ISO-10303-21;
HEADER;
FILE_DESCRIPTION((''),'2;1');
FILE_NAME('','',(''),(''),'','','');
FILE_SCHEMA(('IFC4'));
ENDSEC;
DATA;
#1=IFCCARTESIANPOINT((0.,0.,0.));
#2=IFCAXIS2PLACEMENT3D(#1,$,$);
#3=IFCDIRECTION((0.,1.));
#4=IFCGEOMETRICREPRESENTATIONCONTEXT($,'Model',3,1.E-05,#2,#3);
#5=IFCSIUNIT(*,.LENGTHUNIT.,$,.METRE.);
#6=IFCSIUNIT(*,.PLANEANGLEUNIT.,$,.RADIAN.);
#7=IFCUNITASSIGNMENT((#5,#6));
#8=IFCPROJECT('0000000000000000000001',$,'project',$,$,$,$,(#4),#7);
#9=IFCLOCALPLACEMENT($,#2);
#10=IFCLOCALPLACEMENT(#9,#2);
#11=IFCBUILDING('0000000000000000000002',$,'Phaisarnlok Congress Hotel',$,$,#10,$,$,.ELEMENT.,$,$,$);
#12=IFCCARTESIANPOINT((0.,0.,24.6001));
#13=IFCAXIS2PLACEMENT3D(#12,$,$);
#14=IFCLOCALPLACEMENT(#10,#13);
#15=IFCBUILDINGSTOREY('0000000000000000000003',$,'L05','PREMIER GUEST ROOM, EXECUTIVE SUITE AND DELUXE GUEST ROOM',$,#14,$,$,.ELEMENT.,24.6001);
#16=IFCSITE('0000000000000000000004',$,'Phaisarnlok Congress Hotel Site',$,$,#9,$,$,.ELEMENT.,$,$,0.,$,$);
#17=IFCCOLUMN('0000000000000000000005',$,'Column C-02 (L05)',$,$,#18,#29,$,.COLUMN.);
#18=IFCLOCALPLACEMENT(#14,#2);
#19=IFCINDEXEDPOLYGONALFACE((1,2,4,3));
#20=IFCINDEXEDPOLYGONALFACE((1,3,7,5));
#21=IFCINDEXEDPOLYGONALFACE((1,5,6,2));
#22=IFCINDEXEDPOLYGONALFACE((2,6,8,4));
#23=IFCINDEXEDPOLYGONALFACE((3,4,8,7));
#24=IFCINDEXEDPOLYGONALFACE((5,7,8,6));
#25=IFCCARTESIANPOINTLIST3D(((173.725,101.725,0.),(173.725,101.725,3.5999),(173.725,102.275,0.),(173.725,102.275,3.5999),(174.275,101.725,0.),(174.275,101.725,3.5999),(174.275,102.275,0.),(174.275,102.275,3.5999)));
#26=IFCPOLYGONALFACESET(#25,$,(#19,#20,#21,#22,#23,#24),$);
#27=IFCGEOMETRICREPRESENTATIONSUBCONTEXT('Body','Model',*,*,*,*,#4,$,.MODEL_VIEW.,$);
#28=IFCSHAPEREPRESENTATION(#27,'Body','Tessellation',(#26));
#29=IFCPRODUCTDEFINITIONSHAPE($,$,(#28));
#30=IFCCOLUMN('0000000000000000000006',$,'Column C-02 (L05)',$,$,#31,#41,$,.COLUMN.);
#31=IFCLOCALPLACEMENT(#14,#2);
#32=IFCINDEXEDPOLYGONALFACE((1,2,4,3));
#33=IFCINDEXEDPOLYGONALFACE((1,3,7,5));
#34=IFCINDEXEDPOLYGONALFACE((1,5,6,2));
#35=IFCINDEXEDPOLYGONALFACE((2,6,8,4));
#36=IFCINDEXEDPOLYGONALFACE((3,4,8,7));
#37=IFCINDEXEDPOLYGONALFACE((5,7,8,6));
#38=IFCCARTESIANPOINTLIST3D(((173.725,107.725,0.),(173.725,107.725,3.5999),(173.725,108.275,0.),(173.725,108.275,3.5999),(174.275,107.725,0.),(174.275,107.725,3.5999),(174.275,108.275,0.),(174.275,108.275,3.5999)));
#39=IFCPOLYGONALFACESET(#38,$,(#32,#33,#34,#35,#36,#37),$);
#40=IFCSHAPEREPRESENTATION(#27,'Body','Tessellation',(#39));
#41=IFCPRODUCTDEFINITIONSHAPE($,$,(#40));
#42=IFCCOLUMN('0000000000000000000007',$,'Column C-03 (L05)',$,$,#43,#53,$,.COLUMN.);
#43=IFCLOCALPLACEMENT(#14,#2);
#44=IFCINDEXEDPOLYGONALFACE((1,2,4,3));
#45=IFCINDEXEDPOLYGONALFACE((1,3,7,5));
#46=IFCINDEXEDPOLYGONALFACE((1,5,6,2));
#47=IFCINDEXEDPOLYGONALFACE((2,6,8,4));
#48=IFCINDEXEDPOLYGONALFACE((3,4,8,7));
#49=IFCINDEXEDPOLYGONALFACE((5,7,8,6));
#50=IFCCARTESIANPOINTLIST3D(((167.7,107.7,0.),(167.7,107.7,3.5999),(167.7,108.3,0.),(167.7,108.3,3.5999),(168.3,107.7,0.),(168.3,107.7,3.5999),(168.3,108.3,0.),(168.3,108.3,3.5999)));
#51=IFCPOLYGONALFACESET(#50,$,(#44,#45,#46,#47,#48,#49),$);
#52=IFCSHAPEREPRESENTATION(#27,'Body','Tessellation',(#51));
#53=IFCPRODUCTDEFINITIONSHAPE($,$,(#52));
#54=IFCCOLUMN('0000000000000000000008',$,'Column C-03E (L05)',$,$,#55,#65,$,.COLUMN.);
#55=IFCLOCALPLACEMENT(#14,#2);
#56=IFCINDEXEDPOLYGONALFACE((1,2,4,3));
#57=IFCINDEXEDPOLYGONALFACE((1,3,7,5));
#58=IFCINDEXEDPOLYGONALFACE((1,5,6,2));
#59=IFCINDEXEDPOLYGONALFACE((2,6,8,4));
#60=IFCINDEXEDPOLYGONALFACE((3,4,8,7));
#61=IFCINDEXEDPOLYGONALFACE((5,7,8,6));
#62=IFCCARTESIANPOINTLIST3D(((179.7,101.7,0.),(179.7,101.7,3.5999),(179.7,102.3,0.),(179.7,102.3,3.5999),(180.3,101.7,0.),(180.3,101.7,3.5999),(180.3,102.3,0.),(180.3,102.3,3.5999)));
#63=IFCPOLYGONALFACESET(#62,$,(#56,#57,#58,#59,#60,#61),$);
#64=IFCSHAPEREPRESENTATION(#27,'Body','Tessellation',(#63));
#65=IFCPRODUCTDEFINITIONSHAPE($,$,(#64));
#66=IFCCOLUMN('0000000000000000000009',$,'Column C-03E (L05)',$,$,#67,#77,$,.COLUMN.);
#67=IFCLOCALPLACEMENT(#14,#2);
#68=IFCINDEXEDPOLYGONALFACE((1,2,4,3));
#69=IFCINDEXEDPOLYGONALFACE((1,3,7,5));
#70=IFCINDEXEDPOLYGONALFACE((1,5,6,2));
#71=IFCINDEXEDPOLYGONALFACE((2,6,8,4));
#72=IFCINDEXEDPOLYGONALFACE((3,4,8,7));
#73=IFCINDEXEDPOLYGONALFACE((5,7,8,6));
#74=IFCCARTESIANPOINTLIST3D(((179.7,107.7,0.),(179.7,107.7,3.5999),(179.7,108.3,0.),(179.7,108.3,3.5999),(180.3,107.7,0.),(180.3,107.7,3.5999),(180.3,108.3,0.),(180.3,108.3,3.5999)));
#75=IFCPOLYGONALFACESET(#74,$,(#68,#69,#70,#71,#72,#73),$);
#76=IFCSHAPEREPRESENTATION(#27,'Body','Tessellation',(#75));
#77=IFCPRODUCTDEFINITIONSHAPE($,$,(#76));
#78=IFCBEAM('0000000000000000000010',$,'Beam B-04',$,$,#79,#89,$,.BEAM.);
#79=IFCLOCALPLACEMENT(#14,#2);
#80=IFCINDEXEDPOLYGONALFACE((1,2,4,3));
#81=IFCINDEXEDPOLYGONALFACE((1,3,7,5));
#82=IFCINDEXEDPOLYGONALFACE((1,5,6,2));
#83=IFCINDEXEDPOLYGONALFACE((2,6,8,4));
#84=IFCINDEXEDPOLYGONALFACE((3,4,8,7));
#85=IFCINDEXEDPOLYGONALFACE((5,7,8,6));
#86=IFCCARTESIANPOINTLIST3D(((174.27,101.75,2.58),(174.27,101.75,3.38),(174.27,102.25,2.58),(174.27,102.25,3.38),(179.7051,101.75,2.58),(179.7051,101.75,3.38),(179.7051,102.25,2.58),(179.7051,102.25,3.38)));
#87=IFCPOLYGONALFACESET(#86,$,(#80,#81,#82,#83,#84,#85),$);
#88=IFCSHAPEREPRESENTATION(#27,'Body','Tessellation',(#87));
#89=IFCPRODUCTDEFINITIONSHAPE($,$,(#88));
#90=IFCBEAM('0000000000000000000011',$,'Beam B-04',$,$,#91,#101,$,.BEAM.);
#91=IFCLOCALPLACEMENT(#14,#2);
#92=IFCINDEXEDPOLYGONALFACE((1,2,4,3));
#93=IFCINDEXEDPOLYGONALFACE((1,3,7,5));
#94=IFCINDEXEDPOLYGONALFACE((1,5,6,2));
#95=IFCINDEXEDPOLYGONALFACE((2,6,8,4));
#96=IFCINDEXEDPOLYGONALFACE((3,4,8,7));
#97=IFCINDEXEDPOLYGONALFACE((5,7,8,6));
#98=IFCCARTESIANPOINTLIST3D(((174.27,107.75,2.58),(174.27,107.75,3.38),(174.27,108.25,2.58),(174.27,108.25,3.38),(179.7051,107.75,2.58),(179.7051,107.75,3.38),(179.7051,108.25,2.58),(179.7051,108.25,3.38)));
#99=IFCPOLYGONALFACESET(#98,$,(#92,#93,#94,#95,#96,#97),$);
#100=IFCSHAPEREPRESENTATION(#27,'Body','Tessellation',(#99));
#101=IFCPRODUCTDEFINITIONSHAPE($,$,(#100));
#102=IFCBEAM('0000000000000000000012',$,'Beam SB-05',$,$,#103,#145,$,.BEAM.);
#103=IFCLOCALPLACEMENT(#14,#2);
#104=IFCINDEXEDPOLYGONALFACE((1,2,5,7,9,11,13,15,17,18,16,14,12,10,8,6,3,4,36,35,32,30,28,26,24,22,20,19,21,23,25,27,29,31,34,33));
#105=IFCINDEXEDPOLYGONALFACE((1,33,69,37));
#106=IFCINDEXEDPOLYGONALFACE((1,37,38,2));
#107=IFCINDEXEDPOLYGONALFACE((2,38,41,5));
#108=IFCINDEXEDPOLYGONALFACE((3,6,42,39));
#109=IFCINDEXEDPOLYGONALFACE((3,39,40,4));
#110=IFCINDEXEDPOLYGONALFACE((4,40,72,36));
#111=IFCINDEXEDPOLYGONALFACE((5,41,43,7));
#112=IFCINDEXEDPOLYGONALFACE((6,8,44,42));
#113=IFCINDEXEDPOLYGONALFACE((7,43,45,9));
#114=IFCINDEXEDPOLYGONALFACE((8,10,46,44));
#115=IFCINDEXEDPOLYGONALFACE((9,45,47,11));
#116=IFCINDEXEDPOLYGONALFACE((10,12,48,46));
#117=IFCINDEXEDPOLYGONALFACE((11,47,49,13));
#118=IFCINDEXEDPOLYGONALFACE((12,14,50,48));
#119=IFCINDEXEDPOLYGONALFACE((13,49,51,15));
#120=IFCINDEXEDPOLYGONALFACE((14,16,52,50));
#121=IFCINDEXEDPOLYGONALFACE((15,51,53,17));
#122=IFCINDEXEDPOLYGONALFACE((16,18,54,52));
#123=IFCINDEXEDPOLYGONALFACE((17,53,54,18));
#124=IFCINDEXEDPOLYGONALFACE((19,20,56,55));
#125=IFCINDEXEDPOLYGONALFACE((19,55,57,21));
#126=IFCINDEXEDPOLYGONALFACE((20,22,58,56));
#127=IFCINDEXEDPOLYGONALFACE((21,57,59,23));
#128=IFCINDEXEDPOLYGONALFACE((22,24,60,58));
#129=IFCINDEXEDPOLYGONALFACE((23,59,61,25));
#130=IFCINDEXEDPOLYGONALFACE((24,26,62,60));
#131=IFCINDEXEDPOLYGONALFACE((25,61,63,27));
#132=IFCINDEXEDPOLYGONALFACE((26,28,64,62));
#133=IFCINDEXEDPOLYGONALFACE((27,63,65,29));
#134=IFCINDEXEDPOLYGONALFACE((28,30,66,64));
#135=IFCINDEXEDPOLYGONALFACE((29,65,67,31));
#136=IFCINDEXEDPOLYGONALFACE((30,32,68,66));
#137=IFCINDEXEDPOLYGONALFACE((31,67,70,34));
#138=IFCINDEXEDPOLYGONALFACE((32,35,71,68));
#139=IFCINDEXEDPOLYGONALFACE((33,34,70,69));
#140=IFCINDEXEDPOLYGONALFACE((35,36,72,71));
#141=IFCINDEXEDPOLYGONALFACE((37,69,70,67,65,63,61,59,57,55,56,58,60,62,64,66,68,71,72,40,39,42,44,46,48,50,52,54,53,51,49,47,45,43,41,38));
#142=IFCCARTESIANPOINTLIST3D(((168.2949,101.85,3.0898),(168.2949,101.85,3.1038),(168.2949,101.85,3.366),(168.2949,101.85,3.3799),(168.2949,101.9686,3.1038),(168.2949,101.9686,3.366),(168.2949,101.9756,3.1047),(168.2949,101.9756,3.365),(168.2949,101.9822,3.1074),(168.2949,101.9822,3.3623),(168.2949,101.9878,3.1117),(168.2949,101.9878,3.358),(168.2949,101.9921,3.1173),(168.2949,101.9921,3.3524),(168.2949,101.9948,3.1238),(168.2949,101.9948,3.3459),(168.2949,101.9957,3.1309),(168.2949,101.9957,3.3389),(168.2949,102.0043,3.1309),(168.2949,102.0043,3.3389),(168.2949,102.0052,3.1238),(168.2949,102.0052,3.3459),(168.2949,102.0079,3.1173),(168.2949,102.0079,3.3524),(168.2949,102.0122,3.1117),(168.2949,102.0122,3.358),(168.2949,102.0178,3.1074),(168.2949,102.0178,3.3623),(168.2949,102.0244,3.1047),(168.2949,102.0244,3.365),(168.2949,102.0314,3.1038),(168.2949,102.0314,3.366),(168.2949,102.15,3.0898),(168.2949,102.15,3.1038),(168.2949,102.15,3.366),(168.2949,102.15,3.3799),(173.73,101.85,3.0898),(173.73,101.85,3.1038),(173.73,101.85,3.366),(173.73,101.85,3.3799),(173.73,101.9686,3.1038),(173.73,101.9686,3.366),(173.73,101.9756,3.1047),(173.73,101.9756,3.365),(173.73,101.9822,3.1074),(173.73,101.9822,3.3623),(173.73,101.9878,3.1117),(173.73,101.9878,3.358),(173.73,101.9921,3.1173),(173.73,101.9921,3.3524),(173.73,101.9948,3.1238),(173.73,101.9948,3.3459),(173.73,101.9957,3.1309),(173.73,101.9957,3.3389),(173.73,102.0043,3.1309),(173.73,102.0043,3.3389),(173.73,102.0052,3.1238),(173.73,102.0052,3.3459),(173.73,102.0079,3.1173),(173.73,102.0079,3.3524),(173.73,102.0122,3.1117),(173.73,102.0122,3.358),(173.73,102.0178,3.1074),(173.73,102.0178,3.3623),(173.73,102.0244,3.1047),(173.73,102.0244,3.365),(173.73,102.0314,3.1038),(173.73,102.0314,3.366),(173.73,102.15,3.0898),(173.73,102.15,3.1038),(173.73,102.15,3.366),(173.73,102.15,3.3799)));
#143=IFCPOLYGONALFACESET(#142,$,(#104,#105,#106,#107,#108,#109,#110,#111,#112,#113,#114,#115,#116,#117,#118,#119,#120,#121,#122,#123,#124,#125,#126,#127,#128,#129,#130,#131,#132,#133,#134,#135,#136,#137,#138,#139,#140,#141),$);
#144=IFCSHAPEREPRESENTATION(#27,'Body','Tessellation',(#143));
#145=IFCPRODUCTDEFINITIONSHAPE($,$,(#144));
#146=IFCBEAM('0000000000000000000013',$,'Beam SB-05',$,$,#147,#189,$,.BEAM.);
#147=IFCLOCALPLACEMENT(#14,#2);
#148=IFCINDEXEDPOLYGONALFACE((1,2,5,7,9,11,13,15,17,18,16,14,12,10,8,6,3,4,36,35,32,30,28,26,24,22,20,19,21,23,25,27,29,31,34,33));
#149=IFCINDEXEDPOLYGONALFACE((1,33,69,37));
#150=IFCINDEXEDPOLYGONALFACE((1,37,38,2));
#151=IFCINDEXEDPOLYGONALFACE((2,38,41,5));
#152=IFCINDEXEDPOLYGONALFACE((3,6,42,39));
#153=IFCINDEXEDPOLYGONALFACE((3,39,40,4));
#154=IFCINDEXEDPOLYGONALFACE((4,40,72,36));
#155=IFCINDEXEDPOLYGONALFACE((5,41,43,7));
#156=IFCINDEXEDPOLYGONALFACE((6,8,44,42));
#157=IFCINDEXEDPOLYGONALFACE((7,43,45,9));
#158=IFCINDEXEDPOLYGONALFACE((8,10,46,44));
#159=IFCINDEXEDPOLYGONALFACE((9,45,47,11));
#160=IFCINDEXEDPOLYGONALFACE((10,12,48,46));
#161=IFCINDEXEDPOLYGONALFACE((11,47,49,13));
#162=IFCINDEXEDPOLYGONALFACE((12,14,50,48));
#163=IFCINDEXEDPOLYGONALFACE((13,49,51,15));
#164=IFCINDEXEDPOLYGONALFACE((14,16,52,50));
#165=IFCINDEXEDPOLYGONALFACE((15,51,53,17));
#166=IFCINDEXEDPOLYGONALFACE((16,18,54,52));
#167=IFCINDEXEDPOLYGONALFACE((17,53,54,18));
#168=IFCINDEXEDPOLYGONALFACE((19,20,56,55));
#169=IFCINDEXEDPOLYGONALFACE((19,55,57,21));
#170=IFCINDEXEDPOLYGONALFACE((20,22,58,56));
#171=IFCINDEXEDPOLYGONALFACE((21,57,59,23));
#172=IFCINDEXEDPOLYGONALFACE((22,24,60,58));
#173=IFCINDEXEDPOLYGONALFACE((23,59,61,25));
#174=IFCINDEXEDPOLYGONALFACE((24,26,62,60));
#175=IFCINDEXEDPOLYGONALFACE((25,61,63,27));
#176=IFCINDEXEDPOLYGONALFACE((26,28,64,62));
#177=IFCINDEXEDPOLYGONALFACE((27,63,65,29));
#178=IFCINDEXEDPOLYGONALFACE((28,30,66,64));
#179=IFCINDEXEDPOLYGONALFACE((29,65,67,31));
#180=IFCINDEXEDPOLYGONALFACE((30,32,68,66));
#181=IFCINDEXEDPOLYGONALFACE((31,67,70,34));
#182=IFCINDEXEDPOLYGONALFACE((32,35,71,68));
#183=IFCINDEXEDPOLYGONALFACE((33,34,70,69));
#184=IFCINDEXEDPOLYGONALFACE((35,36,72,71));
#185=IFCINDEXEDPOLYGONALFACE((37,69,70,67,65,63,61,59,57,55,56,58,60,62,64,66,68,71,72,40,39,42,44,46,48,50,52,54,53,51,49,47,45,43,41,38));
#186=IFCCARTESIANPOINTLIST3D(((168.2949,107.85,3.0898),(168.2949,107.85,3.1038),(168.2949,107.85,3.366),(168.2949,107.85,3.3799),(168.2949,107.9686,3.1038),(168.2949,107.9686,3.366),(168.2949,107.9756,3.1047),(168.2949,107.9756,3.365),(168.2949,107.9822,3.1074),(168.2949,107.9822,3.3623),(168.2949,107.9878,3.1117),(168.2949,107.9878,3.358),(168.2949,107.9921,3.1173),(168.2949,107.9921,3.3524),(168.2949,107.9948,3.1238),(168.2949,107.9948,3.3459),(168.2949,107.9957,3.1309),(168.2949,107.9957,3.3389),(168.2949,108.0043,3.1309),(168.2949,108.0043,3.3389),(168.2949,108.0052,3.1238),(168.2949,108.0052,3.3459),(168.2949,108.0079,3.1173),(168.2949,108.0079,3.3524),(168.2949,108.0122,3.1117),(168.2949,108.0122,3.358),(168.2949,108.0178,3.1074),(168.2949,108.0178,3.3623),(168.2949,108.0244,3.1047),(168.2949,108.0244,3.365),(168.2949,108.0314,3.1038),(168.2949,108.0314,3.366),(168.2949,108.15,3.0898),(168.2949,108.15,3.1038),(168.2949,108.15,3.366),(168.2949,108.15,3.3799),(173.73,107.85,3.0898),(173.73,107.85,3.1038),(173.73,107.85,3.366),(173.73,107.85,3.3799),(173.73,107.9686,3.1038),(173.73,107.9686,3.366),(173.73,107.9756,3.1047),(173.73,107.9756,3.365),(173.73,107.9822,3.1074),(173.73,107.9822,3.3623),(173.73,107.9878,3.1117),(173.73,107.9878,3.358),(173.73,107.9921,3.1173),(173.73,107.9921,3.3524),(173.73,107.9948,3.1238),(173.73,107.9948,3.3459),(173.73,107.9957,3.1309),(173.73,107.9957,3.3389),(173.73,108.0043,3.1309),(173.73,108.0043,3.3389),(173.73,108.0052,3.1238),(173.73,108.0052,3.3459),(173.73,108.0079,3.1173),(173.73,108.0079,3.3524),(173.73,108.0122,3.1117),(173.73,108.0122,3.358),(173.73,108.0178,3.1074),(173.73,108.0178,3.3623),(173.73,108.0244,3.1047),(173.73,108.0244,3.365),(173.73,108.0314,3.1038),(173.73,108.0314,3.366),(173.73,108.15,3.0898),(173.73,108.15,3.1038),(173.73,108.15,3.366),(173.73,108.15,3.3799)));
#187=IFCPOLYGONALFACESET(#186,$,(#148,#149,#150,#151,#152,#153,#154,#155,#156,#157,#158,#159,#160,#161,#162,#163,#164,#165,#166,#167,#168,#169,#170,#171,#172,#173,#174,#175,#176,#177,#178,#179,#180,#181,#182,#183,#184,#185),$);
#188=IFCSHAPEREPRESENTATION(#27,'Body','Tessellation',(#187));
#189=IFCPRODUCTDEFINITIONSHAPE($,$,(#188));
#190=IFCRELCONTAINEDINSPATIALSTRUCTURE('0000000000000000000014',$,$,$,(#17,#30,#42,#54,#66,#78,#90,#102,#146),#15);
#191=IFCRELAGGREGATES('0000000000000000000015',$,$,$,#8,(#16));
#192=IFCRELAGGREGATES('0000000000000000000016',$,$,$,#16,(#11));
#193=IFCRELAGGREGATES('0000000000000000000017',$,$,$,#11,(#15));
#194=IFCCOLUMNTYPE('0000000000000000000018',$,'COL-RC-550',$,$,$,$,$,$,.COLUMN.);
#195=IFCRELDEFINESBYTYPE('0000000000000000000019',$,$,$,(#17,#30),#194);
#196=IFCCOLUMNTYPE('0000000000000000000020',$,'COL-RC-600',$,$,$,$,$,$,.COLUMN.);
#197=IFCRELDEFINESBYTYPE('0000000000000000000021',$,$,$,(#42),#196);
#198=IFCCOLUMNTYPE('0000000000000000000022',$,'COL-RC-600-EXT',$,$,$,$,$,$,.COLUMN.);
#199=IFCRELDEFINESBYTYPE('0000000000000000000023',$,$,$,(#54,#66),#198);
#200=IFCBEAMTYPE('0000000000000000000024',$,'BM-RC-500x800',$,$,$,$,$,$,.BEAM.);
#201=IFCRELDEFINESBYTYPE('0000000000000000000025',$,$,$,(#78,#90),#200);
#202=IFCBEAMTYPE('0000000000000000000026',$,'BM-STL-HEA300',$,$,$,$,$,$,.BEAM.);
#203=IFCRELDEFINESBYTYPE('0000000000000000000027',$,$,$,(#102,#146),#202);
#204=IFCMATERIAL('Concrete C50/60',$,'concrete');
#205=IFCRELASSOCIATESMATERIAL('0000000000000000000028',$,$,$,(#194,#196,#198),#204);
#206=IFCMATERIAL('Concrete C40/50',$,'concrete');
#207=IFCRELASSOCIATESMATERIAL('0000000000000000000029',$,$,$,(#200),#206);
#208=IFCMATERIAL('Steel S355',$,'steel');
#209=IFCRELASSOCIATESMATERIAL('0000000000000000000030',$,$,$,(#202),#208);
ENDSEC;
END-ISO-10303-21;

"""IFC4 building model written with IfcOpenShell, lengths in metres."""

from ifc_helpers import new_model, si_unit, direction, frame, origin, origin_2d, place, context, subcontext, project, spatial, rectangle, i_section, extrude, material, material_profile, profile_set, type_object, element, save


model = new_model("IFC4")

# Units and contexts
model_context = context("Model", 3, precision=1e-05, world=origin(), true_north=direction((0.0, 1.0)))
body_context = subcontext(model_context, "Body", "Model", "MODEL_VIEW")
ifc_project = project(units=[si_unit("LENGTHUNIT", "METRE"), si_unit("PLANEANGLEUNIT", "RADIAN")], contexts=[model_context])

# Site, building, storey
site_placement = place(None, origin())
site = spatial("IfcSite", under=ifc_project, at=site_placement, Name="Phaisarnlok Congress Hotel Site", CompositionType="ELEMENT", RefElevation=0.0)
building_placement = place(site_placement, origin())
building = spatial("IfcBuilding", under=site, at=building_placement, Name="Phaisarnlok Congress Hotel", CompositionType="ELEMENT")
storey_placement = place(building_placement, frame((0.0, 0.0, 24.6001)))
storey = spatial("IfcBuildingStorey", under=building, at=storey_placement, Name="L05", Description="PREMIER GUEST ROOM, EXECUTIVE SUITE AND DELUXE GUEST ROOM", CompositionType="ELEMENT", Elevation=24.6001)

# Columns
ifc_material_1 = material(Name="Concrete C50/60", Category="concrete")
ifc_material_profile_1 = material_profile(ifc_material_1, rectangle(XDim=0.55, YDim=0.55, at=origin_2d()), Name="RC 550x550")
ifc_profile_set_1 = profile_set([ifc_material_profile_1], Name="Concrete C50/60")
column_type_1 = type_object("IfcColumnType", Name="COL-RC-550", PredefinedType="COLUMN", material=ifc_profile_set_1)
for number, where, z_axis, x_axis, name in (
    (1, (174.0, 102.0, 0.0), (0.0, 0.0, 1.0), (1.0, 0.0, 0.0), "Column C-02 (L05)"),
    (2, (174.0, 108.0, 0.0), (0.0, 0.0, 1.0), (1.0, 0.0, 0.0), "Column C-02 (L05)"),
):
    element("IfcColumn", number, at=place(storey_placement, frame(where, z_axis=z_axis, x_axis=x_axis)), inside=storey, type_object=column_type_1, Name=name, PredefinedType="COLUMN", context=body_context, shape_type="SweptSolid", body=[
        extrude(rectangle(XDim=0.55, YDim=0.55, at=origin_2d()), origin(), (0.0, 0.0, 1.0), 3.5999),
    ])
ifc_material_profile_2 = material_profile(ifc_material_1, rectangle(XDim=0.6001, YDim=0.6001, at=origin_2d()), Name="RC 600x600")
ifc_profile_set_2 = profile_set([ifc_material_profile_2], Name="Concrete C50/60")
column_type_2 = type_object("IfcColumnType", Name="COL-RC-600", PredefinedType="COLUMN", material=ifc_profile_set_2)
column_placement = place(storey_placement, frame((168.0, 108.0, 0.0), z_axis=(0.0, 0.0, 1.0), x_axis=(1.0, 0.0, 0.0)))
element("IfcColumn", 3, at=column_placement, inside=storey, type_object=column_type_2, Name="Column C-03 (L05)", PredefinedType="COLUMN", context=body_context, shape_type="SweptSolid", body=[
    extrude(rectangle(XDim=0.6001, YDim=0.6001, at=origin_2d()), origin(), (0.0, 0.0, 1.0), 3.5999),
])
ifc_material_profile_3 = material_profile(ifc_material_1, rectangle(XDim=0.6001, YDim=0.6001, at=origin_2d()), Name="RC 600x600")
ifc_profile_set_3 = profile_set([ifc_material_profile_3], Name="Concrete C50/60")
column_type_3 = type_object("IfcColumnType", Name="COL-RC-600-EXT", PredefinedType="COLUMN", material=ifc_profile_set_3)
for number, where, z_axis, x_axis, name in (
    (4, (180.0, 102.0, 0.0), (0.0, 0.0, 1.0), (1.0, 0.0, 0.0), "Column C-03E (L05)"),
    (5, (180.0, 108.0, 0.0), (0.0, 0.0, 1.0), (1.0, 0.0, 0.0), "Column C-03E (L05)"),
):
    element("IfcColumn", number, at=place(storey_placement, frame(where, z_axis=z_axis, x_axis=x_axis)), inside=storey, type_object=column_type_3, Name=name, PredefinedType="COLUMN", context=body_context, shape_type="SweptSolid", body=[
        extrude(rectangle(XDim=0.6001, YDim=0.6001, at=origin_2d()), origin(), (0.0, 0.0, 1.0), 3.5999),
    ])

# Beams
ifc_material_2 = material(Name="Concrete C40/50", Category="concrete")
ifc_material_profile_4 = material_profile(ifc_material_2, rectangle(XDim=0.5, YDim=0.8, at=origin_2d()), Name="RC 500x800")
ifc_profile_set_4 = profile_set([ifc_material_profile_4], Name="Concrete C40/50")
beam_type_1 = type_object("IfcBeamType", Name="BM-RC-500x800", PredefinedType="BEAM", material=ifc_profile_set_4)
for number, where, z_axis, x_axis, name in (
    (6, (174.27, 102.0, 2.98), (1.0, 0.0, 0.0), (0.0, 1.0, 0.0), "Beam B-04"),
    (7, (174.27, 108.0, 2.98), (1.0, 0.0, 0.0), (0.0, 1.0, 0.0), "Beam B-04"),
):
    element("IfcBeam", number, at=place(storey_placement, frame(where, z_axis=z_axis, x_axis=x_axis)), inside=storey, type_object=beam_type_1, Name=name, PredefinedType="BEAM", context=body_context, shape_type="SweptSolid", body=[
        extrude(rectangle(XDim=0.5, YDim=0.8, at=origin_2d()), origin(), (0.0, 0.0, 1.0), 5.4351),
    ])
ifc_material_3 = material(Name="Steel S355", Category="steel")
ifc_material_profile_5 = material_profile(ifc_material_3, i_section(OverallWidth=0.3, OverallDepth=0.29, WebThickness=0.0085, FlangeThickness=0.0139, FilletRadius=0.0271, at=origin_2d()), Name="HEA 300")
ifc_profile_set_5 = profile_set([ifc_material_profile_5], Name="Steel S355")
beam_type_2 = type_object("IfcBeamType", Name="BM-STL-HEA300", PredefinedType="BEAM", material=ifc_profile_set_5)
for number, where, z_axis, x_axis, name in (
    (8, (168.2949, 102.0, 3.2349), (1.0, 0.0, 0.0), (0.0, 1.0, 0.0), "Beam SB-05"),
    (9, (168.2949, 108.0, 3.2349), (1.0, 0.0, 0.0), (0.0, 1.0, 0.0), "Beam SB-05"),
):
    element("IfcBeam", number, at=place(storey_placement, frame(where, z_axis=z_axis, x_axis=x_axis)), inside=storey, type_object=beam_type_2, Name=name, PredefinedType="BEAM", context=body_context, shape_type="SweptSolid", body=[
        extrude(i_section(OverallWidth=0.3, OverallDepth=0.29, WebThickness=0.0085, FlangeThickness=0.0139, FilletRadius=0.0271, at=origin_2d()), origin(), (0.0, 0.0, 1.0), 5.4351),
    ])

save(model, "model.ifc")
